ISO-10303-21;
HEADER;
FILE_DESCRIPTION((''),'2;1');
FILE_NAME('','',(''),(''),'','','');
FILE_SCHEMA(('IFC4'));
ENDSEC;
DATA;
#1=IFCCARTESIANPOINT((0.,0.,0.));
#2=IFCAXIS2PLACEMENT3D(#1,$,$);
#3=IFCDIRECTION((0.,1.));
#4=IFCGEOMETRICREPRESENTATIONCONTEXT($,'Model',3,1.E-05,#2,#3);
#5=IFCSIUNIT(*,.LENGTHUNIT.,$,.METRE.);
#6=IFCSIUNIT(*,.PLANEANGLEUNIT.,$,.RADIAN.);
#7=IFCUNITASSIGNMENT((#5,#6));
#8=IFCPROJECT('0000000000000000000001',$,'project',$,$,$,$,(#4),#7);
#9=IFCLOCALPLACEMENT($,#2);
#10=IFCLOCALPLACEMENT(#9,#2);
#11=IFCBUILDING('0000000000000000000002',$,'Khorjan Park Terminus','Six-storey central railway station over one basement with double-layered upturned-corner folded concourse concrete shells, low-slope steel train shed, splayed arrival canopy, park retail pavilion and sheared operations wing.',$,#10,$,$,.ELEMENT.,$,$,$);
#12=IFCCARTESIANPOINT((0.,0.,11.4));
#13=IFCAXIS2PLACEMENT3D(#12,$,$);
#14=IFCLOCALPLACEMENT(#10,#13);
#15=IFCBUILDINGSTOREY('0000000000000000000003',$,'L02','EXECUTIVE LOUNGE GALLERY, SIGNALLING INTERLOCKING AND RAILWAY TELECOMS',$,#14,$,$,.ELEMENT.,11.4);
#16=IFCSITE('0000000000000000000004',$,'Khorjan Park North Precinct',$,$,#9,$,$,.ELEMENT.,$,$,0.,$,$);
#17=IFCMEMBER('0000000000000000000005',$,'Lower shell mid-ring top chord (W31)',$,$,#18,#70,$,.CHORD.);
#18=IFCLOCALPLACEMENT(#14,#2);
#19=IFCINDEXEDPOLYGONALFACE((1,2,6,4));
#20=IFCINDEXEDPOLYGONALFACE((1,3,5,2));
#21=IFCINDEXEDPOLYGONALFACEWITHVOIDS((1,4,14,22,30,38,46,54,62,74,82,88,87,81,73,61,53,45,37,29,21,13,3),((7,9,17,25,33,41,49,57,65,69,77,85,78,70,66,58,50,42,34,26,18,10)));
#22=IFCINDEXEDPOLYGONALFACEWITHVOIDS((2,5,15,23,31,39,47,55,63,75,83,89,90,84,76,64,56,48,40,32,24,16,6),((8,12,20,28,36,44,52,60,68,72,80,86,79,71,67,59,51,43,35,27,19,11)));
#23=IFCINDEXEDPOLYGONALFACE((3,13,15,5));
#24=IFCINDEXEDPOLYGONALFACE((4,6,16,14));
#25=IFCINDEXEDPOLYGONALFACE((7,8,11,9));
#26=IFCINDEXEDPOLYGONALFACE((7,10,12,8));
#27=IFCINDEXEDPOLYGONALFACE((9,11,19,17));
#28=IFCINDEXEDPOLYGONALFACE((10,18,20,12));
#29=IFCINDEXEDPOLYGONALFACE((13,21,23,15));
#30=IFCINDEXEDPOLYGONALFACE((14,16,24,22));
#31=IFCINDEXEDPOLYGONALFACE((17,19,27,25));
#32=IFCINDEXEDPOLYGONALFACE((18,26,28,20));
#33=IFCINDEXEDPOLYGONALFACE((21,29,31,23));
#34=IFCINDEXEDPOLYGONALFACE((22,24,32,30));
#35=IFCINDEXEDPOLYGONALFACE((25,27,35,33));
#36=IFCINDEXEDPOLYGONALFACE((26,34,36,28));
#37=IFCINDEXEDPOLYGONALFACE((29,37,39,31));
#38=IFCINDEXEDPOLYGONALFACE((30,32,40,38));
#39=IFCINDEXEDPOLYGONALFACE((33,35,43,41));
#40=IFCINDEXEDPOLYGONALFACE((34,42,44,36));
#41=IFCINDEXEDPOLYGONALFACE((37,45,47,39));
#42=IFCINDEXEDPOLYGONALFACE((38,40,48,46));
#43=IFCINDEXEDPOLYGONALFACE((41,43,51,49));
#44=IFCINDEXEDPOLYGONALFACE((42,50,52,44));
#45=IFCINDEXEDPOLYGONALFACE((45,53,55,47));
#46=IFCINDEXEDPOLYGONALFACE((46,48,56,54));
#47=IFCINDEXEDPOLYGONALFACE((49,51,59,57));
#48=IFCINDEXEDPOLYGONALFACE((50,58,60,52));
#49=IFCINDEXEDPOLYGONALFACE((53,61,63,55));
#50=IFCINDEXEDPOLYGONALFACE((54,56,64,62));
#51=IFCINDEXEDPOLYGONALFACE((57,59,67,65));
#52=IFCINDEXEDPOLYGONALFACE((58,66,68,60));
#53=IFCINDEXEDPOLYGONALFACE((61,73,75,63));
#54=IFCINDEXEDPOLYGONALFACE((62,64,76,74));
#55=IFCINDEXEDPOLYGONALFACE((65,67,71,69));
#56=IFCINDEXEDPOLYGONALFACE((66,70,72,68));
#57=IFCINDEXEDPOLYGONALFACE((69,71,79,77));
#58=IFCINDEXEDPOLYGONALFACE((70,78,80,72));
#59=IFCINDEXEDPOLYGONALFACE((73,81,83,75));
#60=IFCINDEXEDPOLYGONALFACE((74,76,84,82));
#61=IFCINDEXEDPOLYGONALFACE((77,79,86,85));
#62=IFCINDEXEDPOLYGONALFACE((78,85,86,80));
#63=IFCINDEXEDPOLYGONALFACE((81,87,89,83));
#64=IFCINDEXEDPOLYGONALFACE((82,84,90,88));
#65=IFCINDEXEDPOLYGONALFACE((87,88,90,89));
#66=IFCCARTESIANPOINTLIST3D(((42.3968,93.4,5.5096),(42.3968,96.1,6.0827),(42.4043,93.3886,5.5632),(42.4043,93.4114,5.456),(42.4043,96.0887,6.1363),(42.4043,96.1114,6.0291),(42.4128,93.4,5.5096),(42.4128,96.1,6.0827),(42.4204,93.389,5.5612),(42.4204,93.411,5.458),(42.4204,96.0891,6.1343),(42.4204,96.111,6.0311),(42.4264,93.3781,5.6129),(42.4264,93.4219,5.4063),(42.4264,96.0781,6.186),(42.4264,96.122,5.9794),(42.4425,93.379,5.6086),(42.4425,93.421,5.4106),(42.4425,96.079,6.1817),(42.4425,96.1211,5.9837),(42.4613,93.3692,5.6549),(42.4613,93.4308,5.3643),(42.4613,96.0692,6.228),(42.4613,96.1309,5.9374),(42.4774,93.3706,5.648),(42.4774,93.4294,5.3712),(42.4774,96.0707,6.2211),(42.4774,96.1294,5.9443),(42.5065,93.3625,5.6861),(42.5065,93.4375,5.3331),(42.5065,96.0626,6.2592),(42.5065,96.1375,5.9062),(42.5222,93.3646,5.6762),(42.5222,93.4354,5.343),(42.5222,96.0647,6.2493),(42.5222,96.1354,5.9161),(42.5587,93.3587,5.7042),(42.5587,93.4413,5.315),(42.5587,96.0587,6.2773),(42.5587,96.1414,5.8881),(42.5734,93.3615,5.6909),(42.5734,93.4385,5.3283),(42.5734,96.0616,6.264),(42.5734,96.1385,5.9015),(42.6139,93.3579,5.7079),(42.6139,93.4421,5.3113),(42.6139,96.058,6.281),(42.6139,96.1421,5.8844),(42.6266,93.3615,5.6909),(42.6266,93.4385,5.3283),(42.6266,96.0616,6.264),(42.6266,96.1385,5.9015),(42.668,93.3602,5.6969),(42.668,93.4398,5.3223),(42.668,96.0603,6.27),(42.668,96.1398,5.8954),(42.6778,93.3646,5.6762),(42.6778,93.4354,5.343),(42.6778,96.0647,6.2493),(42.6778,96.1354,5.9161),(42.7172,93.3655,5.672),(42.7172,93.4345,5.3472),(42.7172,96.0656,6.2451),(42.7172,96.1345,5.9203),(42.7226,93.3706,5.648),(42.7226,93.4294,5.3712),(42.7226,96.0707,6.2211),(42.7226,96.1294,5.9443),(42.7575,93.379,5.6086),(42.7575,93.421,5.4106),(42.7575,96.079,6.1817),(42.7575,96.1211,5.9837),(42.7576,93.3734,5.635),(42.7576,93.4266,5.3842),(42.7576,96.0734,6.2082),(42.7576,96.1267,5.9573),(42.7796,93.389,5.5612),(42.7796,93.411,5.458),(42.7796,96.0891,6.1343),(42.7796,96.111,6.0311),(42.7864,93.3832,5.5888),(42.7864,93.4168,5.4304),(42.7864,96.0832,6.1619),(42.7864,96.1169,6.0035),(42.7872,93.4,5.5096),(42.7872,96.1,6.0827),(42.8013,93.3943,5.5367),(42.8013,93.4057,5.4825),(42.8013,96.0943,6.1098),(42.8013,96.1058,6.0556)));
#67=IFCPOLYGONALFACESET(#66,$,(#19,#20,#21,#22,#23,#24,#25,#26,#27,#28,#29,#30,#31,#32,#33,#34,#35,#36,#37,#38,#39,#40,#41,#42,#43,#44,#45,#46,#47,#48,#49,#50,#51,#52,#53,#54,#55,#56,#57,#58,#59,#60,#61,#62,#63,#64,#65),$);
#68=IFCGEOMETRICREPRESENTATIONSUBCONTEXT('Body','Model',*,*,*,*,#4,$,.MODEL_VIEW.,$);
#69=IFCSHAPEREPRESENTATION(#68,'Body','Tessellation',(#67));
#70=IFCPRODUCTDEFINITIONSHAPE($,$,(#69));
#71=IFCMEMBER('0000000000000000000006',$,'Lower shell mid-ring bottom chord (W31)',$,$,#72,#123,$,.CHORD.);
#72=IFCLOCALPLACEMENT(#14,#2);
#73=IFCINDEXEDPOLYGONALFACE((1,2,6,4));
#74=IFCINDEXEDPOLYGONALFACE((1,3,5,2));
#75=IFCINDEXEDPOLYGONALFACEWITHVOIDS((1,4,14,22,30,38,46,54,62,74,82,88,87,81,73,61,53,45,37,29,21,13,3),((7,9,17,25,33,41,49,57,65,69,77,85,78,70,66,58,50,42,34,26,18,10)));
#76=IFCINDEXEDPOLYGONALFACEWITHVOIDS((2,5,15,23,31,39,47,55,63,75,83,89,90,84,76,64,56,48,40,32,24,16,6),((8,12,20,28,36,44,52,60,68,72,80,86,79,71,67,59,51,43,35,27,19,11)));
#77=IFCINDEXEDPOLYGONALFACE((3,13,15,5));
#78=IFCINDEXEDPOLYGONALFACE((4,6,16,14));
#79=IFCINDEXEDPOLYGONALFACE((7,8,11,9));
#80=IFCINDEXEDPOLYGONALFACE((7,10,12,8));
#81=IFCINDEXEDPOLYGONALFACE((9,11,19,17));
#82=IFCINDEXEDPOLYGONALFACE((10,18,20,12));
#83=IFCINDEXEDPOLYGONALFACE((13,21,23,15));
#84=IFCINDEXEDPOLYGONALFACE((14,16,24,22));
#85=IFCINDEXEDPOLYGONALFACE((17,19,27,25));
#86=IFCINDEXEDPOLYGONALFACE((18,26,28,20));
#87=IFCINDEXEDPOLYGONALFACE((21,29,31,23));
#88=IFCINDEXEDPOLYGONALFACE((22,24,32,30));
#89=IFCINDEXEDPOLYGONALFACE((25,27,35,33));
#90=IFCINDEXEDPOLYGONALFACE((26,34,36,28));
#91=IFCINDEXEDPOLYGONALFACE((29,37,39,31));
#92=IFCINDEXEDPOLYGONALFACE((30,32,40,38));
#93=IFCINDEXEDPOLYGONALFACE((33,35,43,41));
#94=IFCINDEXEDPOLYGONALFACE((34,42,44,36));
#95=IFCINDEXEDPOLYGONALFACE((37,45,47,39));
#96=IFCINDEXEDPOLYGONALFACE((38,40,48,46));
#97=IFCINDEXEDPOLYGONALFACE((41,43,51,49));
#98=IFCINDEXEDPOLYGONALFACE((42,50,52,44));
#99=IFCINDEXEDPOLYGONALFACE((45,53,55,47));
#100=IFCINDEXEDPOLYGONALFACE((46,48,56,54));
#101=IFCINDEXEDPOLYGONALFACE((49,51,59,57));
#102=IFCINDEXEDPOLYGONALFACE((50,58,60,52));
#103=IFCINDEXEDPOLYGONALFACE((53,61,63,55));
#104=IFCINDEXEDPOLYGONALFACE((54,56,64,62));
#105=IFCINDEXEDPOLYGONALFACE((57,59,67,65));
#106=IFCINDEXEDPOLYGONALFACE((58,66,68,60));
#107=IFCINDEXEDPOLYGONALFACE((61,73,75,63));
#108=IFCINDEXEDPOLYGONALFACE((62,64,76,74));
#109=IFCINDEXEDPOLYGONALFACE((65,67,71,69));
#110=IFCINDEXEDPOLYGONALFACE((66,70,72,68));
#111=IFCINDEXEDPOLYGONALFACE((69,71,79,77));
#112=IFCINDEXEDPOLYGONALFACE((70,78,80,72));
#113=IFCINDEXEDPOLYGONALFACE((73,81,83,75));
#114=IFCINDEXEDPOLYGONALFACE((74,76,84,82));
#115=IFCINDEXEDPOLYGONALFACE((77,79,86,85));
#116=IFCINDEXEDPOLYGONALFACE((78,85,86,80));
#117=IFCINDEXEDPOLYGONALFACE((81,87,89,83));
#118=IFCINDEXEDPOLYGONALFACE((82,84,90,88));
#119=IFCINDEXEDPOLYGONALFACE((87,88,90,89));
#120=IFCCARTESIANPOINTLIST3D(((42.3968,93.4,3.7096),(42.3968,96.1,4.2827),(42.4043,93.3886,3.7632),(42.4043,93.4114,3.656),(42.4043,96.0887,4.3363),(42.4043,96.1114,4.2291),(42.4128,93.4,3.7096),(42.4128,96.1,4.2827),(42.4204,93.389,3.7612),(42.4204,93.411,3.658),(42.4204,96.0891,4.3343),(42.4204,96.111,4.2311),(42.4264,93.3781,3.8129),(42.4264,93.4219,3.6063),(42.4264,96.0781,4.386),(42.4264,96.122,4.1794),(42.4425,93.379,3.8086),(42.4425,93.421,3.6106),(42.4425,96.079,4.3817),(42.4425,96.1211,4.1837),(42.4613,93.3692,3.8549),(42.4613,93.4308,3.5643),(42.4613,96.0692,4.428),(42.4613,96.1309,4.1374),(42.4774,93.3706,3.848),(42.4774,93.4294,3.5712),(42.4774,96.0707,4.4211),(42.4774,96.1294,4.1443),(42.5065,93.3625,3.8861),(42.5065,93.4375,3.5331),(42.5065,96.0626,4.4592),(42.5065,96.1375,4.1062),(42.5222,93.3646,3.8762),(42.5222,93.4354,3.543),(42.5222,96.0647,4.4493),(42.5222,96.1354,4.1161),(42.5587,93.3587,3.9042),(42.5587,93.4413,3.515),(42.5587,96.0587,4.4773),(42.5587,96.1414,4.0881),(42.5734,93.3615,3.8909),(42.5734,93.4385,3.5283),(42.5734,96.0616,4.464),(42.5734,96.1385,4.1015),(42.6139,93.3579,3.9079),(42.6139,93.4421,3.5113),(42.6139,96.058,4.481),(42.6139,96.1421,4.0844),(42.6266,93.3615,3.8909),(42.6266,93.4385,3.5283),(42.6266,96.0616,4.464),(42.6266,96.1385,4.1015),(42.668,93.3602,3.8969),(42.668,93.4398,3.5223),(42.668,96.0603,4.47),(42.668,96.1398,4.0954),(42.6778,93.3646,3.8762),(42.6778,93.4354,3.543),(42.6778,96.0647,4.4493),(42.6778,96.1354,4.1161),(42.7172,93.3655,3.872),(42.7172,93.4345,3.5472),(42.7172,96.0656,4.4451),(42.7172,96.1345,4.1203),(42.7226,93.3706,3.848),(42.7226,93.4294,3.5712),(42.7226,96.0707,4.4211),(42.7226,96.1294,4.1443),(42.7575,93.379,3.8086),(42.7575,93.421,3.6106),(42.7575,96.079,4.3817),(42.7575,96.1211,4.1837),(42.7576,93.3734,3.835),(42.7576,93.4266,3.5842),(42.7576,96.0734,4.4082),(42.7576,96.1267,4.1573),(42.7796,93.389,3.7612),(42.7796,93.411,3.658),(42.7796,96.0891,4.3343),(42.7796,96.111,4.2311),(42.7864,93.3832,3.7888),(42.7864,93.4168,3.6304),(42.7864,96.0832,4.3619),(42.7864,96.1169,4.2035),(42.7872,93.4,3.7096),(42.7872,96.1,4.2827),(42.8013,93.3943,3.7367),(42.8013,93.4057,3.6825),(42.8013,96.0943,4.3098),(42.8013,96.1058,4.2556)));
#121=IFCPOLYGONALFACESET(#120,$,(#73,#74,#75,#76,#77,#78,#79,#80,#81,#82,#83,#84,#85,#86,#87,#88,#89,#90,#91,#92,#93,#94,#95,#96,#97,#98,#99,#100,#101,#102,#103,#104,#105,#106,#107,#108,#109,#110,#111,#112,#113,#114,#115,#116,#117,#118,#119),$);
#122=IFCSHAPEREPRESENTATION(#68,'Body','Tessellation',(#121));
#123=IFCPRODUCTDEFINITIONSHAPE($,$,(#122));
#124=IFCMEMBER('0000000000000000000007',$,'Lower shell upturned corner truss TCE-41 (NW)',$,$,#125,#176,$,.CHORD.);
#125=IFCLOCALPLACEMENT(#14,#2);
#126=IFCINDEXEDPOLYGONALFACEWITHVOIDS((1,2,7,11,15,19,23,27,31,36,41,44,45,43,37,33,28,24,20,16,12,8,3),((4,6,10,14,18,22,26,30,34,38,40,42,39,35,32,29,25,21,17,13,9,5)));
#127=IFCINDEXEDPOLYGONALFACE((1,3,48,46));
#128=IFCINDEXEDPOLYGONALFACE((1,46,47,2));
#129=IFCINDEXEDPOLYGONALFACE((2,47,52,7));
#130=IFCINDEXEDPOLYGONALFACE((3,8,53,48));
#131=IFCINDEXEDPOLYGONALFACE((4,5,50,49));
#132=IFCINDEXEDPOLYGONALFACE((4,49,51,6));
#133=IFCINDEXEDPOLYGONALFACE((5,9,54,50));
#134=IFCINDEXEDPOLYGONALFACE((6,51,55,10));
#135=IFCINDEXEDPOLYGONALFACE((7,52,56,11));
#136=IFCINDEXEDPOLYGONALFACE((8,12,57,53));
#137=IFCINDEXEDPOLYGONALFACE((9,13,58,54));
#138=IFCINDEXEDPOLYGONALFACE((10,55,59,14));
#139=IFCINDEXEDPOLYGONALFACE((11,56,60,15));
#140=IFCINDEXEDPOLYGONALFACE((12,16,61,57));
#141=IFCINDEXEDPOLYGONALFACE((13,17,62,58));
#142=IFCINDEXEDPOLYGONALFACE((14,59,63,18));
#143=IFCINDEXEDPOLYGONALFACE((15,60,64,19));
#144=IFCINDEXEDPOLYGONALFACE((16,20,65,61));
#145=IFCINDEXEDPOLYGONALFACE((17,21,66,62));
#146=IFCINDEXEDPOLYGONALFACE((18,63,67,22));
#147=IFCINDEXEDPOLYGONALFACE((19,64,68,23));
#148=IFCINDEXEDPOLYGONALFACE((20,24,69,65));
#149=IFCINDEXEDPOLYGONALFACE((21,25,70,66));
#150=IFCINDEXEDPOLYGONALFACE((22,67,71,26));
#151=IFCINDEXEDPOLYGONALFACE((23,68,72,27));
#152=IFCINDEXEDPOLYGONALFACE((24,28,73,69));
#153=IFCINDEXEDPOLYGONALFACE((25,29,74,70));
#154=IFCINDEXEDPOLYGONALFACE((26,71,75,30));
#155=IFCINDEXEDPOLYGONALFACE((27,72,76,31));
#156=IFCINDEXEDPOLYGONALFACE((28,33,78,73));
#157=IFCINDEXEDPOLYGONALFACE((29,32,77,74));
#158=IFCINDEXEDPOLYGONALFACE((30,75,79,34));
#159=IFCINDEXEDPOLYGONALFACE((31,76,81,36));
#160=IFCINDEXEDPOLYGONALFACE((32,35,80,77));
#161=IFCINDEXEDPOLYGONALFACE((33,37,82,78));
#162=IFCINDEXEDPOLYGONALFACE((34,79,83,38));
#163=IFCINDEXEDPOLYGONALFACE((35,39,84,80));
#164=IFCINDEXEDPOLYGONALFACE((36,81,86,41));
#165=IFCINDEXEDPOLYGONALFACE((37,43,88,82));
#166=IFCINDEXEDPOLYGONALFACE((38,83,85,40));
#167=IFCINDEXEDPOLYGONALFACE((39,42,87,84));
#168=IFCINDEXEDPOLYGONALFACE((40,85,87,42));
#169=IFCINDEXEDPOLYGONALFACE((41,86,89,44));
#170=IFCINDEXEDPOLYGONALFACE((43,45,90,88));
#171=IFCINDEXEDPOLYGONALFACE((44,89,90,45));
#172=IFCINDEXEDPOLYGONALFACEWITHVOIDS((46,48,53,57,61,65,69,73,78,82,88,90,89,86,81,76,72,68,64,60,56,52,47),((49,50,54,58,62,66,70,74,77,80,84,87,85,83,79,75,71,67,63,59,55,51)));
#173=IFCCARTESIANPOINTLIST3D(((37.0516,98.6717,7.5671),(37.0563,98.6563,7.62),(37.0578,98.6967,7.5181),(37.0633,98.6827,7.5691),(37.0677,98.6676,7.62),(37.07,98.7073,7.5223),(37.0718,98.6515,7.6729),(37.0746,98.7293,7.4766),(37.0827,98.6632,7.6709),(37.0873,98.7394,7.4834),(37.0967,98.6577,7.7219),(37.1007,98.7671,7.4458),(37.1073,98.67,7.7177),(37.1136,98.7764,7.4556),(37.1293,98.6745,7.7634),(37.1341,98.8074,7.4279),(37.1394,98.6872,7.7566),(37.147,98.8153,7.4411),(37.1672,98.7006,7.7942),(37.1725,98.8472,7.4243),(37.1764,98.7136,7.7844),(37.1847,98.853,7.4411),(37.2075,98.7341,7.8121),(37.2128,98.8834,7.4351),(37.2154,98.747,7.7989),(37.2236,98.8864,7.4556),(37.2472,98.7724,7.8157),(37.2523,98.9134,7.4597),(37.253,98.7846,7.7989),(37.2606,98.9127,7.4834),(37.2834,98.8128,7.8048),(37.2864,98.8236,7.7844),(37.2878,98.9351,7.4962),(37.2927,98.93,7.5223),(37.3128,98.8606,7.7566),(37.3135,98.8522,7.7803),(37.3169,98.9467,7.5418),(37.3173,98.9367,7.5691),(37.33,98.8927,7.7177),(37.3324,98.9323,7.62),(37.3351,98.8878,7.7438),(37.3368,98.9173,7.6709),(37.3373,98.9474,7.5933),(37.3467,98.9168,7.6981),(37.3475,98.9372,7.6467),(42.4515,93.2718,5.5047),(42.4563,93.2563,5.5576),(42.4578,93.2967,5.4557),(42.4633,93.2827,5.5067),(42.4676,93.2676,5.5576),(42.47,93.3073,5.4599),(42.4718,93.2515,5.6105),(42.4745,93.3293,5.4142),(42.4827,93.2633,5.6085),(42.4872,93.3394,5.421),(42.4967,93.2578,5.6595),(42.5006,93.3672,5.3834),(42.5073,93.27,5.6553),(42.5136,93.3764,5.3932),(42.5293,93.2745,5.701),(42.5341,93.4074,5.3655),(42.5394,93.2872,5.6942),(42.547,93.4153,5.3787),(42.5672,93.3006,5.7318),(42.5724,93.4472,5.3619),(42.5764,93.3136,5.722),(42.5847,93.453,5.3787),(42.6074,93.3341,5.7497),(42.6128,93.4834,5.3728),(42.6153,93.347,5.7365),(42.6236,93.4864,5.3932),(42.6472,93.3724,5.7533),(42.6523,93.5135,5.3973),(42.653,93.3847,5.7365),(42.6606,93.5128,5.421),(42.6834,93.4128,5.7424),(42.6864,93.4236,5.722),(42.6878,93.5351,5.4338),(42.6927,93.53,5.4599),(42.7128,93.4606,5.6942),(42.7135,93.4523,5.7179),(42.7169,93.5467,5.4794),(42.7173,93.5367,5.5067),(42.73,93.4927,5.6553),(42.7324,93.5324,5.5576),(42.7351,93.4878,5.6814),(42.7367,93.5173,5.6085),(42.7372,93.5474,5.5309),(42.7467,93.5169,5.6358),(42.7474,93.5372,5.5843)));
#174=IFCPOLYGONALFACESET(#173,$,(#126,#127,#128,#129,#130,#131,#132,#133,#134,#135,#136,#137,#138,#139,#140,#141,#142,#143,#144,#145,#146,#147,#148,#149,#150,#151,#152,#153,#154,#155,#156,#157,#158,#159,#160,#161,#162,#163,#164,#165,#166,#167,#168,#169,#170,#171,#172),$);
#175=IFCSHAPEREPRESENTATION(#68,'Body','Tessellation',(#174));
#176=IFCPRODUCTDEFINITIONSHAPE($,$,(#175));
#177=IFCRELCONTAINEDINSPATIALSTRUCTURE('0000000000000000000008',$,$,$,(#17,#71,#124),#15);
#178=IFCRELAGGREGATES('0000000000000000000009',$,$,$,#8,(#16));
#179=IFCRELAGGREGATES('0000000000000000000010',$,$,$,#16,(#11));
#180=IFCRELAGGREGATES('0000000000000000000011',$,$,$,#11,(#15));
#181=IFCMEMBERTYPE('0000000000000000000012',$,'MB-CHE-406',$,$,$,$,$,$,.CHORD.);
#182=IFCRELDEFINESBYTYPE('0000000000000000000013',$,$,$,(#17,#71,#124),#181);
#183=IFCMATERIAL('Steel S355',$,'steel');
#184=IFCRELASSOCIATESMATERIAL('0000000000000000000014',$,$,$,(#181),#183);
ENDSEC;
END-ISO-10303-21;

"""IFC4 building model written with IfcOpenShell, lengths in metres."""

from ifc_helpers import new_model, si_unit, direction, frame, origin, origin_2d, place, context, subcontext, project, spatial, hollow_circle, extrude, material, material_profile, profile_set, type_object, element, save


model = new_model("IFC4")

# Units and contexts
model_context = context("Model", 3, precision=1e-05, world=origin(), true_north=direction((0.0, 1.0)))
body_context = subcontext(model_context, "Body", "Model", "MODEL_VIEW")
ifc_project = project(units=[si_unit("LENGTHUNIT", "METRE"), si_unit("PLANEANGLEUNIT", "RADIAN")], contexts=[model_context])

# Site, building, storey
site_placement = place(None, origin())
site = spatial("IfcSite", under=ifc_project, at=site_placement, Name="Khorjan Park North Precinct", CompositionType="ELEMENT", RefElevation=0.0)
building_placement = place(site_placement, origin())
building = spatial("IfcBuilding", under=site, at=building_placement, Name="Khorjan Park Terminus", Description="Six-storey central railway station over one basement with double-layered upturned-corner folded concourse concrete shells, low-slope steel train shed, splayed arrival canopy, park retail pavilion and sheared operations wing.", CompositionType="ELEMENT")
storey_placement = place(building_placement, frame((0.0, 0.0, 11.4)))
storey = spatial("IfcBuildingStorey", under=building, at=storey_placement, Name="L02", Description="EXECUTIVE LOUNGE GALLERY, SIGNALLING INTERLOCKING AND RAILWAY TELECOMS", CompositionType="ELEMENT", Elevation=11.4)

# Members
ifc_material_1 = material(Name="Steel S355", Category="steel")
ifc_material_profile_1 = material_profile(ifc_material_1, hollow_circle(Radius=0.2032, WallThickness=0.016, at=origin_2d()), Name="CHS 406.4x16")
ifc_profile_set_1 = profile_set([ifc_material_profile_1], Name="Steel S355")
member_type_1 = type_object("IfcMemberType", Name="MB-CHE-406", PredefinedType="CHORD", material=ifc_profile_set_1)
for number, where, z_axis, x_axis, name in (
    (1, (42.6, 93.4, 5.5096), (0.0, 0.978207, 0.207633), (-1.0, 0.0, 0.0), "Lower shell mid-ring top chord (W31)"),
    (2, (42.6, 93.4, 3.7096), (0.0, 0.978207, 0.207633), (-1.0, 0.0, 0.0), "Lower shell mid-ring bottom chord (W31)"),
):
    element("IfcMember", number, at=place(storey_placement, frame(where, z_axis=z_axis, x_axis=x_axis)), inside=storey, type_object=member_type_1, Name=name, PredefinedType="CHORD", context=body_context, shape_type="SweptSolid", body=[
        extrude(hollow_circle(Radius=0.2032, WallThickness=0.016, at=origin_2d()), origin(), (0.0, 0.0, 1.0), 2.7602),
    ])
for number, where, z_axis, x_axis, name in (
    (3, (42.6, 93.4, 5.5576), (-0.682651, 0.682651, 0.260722), (-0.707107, -0.707107, 0.0), "Lower shell upturned corner truss TCE-41 (NW)"),
):
    element("IfcMember", number, at=place(storey_placement, frame(where, z_axis=z_axis, x_axis=x_axis)), inside=storey, type_object=member_type_1, Name=name, PredefinedType="CHORD", context=body_context, shape_type="SweptSolid", body=[
        extrude(hollow_circle(Radius=0.2032, WallThickness=0.016, at=origin_2d()), origin(), (0.0, 0.0, 1.0), 7.9103),
    ])

save(model, "model.ifc")
